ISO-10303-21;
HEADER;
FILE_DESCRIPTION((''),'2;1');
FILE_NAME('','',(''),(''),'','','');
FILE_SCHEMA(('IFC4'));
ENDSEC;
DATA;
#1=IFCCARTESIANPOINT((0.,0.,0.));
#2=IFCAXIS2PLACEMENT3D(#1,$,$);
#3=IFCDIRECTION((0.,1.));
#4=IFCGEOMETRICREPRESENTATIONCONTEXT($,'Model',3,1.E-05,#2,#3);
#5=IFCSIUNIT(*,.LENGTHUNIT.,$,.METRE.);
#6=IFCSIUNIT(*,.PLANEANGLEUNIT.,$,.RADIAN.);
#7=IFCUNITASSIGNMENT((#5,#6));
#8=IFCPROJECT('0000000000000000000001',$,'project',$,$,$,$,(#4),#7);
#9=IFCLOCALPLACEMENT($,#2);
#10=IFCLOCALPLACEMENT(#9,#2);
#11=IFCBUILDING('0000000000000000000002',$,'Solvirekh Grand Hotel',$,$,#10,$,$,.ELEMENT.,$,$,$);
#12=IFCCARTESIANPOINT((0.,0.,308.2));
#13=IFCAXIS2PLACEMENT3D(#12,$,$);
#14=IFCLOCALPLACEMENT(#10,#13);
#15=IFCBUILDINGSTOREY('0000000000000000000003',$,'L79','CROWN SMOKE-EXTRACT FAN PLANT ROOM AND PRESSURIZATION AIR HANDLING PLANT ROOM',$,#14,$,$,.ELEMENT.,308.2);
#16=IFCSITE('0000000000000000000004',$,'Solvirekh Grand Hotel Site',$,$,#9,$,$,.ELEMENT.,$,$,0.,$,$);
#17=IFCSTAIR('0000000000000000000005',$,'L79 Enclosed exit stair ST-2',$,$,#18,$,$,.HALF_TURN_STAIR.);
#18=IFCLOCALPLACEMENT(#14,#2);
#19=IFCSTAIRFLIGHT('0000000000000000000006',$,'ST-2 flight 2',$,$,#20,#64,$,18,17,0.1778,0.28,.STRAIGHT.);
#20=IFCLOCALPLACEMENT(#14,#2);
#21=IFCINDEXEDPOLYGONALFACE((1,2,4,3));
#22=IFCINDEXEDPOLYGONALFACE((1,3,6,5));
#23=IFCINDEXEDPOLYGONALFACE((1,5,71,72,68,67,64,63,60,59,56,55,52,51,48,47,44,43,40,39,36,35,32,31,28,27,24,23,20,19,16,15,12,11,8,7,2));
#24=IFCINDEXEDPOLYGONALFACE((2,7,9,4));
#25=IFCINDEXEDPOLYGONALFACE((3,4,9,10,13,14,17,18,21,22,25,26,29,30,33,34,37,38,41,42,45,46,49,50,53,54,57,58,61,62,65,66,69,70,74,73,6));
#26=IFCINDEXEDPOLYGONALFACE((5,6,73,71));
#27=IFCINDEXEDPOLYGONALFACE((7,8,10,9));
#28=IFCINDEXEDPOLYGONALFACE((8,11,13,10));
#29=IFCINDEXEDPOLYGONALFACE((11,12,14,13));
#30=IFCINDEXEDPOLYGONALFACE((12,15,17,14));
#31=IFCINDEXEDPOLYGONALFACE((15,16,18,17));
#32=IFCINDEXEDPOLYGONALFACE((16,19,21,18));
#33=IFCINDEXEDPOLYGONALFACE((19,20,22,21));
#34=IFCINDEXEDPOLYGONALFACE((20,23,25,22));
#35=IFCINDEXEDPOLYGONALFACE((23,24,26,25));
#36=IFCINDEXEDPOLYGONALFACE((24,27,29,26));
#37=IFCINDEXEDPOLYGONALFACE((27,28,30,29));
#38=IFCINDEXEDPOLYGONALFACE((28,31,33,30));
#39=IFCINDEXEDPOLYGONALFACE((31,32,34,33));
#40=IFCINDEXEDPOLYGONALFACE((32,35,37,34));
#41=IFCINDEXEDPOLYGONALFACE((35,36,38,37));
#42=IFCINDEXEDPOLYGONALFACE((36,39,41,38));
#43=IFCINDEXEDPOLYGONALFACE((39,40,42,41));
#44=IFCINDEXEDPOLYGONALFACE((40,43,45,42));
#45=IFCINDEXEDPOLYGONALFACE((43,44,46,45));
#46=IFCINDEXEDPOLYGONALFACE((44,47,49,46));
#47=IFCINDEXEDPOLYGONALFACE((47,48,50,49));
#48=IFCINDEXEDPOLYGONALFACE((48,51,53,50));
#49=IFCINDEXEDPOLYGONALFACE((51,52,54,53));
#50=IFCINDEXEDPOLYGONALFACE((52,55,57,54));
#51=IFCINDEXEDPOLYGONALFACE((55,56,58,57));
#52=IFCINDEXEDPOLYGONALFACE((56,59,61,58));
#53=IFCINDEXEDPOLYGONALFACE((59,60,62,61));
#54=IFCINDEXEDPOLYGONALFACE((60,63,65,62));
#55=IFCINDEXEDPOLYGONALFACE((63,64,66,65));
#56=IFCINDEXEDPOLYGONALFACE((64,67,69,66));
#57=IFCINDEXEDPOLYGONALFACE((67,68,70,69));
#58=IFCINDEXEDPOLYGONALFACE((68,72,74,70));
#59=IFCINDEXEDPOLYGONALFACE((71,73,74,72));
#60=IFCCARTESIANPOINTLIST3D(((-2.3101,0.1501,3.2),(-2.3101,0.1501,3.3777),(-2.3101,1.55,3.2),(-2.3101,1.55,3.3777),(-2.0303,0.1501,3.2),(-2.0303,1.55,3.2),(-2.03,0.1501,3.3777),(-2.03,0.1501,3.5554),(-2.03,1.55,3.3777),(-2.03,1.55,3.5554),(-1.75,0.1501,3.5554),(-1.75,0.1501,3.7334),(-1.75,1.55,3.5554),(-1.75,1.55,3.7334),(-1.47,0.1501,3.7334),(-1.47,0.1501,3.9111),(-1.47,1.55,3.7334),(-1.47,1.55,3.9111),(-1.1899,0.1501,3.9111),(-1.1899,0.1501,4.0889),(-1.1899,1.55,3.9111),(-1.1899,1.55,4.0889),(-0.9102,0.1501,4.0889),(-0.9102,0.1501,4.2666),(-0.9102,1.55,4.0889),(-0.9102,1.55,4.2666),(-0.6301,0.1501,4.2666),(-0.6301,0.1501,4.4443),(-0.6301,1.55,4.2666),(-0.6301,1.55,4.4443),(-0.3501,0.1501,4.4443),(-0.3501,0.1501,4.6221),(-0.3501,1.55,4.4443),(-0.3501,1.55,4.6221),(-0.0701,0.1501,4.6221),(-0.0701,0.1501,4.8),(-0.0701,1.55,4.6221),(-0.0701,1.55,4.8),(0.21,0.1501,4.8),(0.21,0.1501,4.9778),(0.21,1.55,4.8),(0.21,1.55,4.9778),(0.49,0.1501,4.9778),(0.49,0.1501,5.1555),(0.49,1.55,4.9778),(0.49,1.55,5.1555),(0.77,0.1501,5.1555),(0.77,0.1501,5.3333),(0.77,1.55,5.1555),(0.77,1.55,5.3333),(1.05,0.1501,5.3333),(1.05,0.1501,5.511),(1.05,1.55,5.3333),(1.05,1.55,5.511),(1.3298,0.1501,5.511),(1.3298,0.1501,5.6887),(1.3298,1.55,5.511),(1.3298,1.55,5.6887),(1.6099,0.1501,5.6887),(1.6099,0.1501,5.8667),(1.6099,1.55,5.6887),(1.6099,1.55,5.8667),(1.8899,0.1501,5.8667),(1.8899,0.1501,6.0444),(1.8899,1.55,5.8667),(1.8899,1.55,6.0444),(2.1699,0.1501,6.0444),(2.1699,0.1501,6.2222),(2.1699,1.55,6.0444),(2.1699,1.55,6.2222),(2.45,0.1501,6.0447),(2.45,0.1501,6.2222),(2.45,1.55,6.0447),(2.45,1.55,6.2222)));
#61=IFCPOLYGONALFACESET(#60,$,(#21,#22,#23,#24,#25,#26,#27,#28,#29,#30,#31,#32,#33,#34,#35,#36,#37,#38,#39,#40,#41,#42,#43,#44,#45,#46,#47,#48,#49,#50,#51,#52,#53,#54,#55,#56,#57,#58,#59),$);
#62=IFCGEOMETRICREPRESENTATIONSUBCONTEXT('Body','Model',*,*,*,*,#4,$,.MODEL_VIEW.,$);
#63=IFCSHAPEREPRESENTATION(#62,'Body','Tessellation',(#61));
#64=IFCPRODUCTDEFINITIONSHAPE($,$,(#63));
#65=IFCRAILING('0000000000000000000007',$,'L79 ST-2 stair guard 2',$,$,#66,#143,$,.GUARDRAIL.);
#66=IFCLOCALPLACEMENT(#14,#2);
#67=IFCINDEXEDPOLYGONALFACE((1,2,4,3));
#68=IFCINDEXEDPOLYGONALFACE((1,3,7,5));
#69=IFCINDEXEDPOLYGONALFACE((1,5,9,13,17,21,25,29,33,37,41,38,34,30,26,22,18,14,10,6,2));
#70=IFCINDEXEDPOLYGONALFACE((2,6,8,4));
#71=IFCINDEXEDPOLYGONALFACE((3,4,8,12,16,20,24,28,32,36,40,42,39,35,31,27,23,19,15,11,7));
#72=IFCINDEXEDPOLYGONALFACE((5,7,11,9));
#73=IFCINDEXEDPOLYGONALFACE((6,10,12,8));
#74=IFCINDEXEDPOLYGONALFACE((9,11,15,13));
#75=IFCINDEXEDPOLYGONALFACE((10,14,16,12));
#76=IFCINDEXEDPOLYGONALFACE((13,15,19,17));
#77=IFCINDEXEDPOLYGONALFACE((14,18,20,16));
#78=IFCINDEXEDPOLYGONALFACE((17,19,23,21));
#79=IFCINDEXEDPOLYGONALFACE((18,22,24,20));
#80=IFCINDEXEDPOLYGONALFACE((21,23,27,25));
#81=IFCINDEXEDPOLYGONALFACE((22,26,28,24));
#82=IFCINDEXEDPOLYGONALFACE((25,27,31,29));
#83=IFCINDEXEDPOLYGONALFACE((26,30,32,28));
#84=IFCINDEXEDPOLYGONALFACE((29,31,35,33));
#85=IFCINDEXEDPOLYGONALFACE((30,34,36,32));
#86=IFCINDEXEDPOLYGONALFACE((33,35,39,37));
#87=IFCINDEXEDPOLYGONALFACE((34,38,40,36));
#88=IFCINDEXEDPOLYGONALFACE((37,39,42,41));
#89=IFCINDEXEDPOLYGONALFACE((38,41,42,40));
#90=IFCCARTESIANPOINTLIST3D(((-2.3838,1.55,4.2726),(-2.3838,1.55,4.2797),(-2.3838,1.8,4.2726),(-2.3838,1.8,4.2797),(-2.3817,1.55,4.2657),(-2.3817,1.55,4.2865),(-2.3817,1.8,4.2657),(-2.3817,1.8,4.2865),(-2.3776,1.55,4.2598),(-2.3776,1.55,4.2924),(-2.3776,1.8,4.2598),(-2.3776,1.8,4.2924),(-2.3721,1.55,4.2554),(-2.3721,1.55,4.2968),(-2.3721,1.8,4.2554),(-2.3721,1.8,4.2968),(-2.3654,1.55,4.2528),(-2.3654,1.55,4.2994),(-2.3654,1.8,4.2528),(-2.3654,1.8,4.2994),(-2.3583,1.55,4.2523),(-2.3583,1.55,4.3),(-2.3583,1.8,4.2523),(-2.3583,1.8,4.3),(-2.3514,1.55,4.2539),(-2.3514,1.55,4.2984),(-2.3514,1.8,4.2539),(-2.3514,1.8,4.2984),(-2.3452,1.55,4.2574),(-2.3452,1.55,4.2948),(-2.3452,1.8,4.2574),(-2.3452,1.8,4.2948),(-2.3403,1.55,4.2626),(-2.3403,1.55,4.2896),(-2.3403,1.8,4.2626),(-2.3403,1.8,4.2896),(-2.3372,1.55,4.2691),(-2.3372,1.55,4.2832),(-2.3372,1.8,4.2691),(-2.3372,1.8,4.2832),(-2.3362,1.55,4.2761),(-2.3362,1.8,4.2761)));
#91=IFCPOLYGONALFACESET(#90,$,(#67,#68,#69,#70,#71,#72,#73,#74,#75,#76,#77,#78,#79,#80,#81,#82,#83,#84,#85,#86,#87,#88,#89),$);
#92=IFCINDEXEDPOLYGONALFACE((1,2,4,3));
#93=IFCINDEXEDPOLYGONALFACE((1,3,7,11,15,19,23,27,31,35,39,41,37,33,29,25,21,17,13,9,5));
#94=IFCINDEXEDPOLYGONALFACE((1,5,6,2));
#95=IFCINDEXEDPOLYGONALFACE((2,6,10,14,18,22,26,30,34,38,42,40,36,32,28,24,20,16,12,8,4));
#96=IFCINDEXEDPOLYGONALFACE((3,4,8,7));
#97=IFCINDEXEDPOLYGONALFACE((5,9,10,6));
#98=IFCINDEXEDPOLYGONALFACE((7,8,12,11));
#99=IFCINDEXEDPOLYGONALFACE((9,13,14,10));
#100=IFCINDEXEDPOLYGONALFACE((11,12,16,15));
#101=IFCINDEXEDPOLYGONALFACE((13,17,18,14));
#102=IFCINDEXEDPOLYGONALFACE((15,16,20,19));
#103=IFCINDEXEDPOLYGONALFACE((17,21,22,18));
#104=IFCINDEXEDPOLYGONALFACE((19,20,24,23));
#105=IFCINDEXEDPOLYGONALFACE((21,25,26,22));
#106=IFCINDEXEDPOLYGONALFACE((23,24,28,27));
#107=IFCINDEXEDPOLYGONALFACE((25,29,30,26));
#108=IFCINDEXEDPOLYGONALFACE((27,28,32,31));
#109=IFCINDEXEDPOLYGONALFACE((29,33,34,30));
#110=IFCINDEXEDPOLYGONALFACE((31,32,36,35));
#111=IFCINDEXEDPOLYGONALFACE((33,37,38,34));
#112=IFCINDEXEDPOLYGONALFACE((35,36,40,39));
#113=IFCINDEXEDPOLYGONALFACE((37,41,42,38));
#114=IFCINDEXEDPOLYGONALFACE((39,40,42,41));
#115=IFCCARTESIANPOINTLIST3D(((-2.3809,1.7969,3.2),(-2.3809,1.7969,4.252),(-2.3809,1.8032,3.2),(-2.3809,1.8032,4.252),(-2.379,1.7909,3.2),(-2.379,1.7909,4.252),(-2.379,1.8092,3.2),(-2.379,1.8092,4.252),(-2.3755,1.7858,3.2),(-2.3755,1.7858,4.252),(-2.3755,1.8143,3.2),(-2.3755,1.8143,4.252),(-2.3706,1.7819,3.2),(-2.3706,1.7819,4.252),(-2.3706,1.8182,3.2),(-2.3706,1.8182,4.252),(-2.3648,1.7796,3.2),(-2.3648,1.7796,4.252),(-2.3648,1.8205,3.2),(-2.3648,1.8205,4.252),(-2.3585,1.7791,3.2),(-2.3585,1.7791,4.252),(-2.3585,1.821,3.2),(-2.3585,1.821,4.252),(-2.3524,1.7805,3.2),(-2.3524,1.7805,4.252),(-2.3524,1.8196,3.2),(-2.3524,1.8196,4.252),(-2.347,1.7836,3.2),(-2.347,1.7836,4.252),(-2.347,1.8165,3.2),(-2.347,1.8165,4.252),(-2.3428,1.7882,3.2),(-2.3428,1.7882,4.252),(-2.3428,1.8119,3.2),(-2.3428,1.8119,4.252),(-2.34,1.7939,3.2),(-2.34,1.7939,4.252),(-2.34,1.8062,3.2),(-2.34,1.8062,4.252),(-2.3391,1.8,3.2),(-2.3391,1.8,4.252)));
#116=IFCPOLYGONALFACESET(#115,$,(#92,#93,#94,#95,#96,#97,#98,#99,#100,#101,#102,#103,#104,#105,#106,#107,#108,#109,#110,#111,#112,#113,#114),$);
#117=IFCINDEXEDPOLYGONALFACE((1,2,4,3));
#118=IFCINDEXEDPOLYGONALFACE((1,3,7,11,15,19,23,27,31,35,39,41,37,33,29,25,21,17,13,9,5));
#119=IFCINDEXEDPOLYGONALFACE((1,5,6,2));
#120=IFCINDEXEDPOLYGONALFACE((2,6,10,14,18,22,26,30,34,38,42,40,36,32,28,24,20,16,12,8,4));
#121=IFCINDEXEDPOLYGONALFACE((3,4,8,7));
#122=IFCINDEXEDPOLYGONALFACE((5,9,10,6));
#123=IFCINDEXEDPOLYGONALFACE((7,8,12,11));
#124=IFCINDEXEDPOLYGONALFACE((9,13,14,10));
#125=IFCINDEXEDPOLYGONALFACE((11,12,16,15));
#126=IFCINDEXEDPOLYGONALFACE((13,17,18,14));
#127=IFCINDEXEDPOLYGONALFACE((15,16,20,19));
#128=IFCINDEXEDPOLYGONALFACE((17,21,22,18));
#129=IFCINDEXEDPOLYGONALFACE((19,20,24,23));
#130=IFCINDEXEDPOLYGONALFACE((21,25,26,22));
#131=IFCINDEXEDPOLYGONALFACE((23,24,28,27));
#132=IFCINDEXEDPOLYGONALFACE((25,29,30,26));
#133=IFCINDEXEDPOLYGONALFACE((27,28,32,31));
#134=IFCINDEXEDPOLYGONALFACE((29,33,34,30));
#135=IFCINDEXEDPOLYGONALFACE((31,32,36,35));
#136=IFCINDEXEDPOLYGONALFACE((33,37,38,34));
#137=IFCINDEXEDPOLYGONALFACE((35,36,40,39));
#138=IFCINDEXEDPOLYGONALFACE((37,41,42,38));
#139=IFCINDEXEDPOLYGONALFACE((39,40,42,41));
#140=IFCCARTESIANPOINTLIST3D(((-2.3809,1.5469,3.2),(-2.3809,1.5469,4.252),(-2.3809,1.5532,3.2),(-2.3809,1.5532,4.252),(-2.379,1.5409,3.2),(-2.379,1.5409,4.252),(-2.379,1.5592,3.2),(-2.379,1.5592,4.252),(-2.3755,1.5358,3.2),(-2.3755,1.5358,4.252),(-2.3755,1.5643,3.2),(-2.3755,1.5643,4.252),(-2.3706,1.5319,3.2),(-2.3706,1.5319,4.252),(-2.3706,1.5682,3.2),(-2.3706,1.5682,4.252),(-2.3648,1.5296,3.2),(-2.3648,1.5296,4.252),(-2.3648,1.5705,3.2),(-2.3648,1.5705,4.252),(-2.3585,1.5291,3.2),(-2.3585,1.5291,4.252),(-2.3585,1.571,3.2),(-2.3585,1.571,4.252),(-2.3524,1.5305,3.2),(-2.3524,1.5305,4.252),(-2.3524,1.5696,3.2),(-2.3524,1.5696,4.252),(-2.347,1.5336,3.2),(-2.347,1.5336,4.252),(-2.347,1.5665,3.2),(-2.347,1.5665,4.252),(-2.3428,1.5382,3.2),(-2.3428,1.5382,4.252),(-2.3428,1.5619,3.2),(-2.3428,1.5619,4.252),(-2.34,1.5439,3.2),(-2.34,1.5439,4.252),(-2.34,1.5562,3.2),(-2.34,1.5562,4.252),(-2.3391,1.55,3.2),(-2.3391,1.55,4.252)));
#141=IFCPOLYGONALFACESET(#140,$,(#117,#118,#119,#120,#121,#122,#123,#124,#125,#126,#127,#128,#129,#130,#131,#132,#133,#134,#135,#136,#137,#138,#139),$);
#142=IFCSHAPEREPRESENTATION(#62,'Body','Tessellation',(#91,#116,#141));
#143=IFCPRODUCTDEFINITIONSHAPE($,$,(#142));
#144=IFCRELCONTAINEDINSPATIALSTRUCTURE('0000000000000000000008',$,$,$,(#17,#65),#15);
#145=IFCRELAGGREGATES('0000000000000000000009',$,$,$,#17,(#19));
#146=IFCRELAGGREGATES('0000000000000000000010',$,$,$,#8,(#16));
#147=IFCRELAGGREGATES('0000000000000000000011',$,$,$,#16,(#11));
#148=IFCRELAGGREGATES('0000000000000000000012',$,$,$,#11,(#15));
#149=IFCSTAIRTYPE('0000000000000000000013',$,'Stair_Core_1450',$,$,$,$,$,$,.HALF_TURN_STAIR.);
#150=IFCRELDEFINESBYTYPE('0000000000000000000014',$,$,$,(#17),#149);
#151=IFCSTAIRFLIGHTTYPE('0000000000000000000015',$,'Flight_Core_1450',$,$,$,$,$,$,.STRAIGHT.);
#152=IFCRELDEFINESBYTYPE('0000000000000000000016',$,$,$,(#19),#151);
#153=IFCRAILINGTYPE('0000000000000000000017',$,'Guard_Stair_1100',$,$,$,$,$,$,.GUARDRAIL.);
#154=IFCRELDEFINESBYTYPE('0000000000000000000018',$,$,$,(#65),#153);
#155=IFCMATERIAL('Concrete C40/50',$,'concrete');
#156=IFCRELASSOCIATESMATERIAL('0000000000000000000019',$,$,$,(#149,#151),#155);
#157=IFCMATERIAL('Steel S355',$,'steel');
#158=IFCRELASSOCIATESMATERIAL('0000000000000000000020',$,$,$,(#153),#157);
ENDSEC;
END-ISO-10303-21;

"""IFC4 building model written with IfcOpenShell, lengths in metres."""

from ifc_helpers import new_model, si_unit, direction, frame, origin, origin_2d, place, context, subcontext, project, spatial, polyline, circle, outline, extrude, material, type_object, element, aggregate, save


model = new_model("IFC4")

# Units and contexts
model_context = context("Model", 3, precision=1e-05, world=origin(), true_north=direction((0.0, 1.0)))
body_context = subcontext(model_context, "Body", "Model", "MODEL_VIEW")
ifc_project = project(units=[si_unit("LENGTHUNIT", "METRE"), si_unit("PLANEANGLEUNIT", "RADIAN")], contexts=[model_context])

# Site, building, storey
site_placement = place(None, origin())
site = spatial("IfcSite", under=ifc_project, at=site_placement, Name="Solvirekh Grand Hotel Site", CompositionType="ELEMENT", RefElevation=0.0)
building_placement = place(site_placement, origin())
building = spatial("IfcBuilding", under=site, at=building_placement, Name="Solvirekh Grand Hotel", CompositionType="ELEMENT")
storey_placement = place(building_placement, frame((0.0, 0.0, 308.2)))
storey = spatial("IfcBuildingStorey", under=building, at=storey_placement, Name="L79", Description="CROWN SMOKE-EXTRACT FAN PLANT ROOM AND PRESSURIZATION AIR HANDLING PLANT ROOM", CompositionType="ELEMENT", Elevation=308.2)

# Shared definitions
ifc_material_1 = material(Name="Steel S355", Category="steel")

# Shared definitions
ifc_material_2 = material(Name="Concrete C40/50", Category="concrete")

# Stair, stair flight
stair_type = type_object("IfcStairType", Name="Stair_Core_1450", PredefinedType="HALF_TURN_STAIR", material=ifc_material_2)
stair_placement = place(storey_placement, origin())
stair = element("IfcStair", 1, at=stair_placement, inside=storey, type_object=stair_type, Name="L79 Enclosed exit stair ST-2", PredefinedType="HALF_TURN_STAIR")
stair_flight_type = type_object("IfcStairFlightType", Name="Flight_Core_1450", PredefinedType="STRAIGHT", material=ifc_material_2)
stair_flight_placement = place(storey_placement, frame((-2.3101, 0.8501, 3.2), z_axis=(0.0, 0.0, 1.0), x_axis=(1.0, 0.0, 0.0)))
stair_flight = element("IfcStairFlight", 2, at=stair_flight_placement, type_object=stair_flight_type, Name="ST-2 flight 2", NumberOfRisers=18, NumberOfTreads=17, PredefinedType="STRAIGHT", RiserHeight=0.1778, TreadLength=0.28, context=body_context, shape_type="SweptSolid", body=[
    extrude(outline(polyline([(0.0, 0.0), (0.0, 0.1777), (0.28, 0.1777), (0.28, 0.3555), (0.5601, 0.3555), (0.5601, 0.5334), (0.8401, 0.5334), (0.8401, 0.7112), (1.1201, 0.7112), (1.1201, 0.8889), (1.3999, 0.8889), (1.3999, 1.0667), (1.6799, 1.0667), (1.6799, 1.2444), (1.96, 1.2444), (1.96, 1.4221), (2.24, 1.4221), (2.24, 1.6001), (2.52, 1.6001), (2.52, 1.7778), (2.8, 1.7778), (2.8, 1.9556), (3.0801, 1.9556), (3.0801, 2.1333), (3.3601, 2.1333), (3.3601, 2.311), (3.6399, 2.311), (3.6399, 2.4888), (3.9199, 2.4888), (3.9199, 2.6667), (4.2, 2.6667), (4.2, 2.8445), (4.48, 2.8445), (4.48, 3.0222), (4.76, 3.0222), (4.76, 3.2), (4.76, 2.8447), (0.2798, 0.0), (0.0, 0.0)])), frame((0.0, 0.7, 0.0), z_axis=(0.0, -1.0, 0.0), x_axis=(1.0, 0.0, 0.0)), (0.0, 0.0, 1.0), 1.3999),
])
aggregate(stair, [stair_flight])

# Railing
railing_type_1 = type_object("IfcRailingType", Name="Guard_Stair_1100", PredefinedType="GUARDRAIL", material=ifc_material_1)
railing_1_placement = place(storey_placement, frame((-2.3601, 1.8, 3.2)))
element("IfcRailing", 3, at=railing_1_placement, inside=storey, type_object=railing_type_1, Name="L79 ST-2 stair guard 2", PredefinedType="GUARDRAIL", context=body_context, shape_type="SweptSolid", body=[
    extrude(circle(Radius=0.0239, at=origin_2d()), frame((0.0, 0.0, 1.0762), z_axis=(0.0, -1.0, 0.0), x_axis=(1.0, 0.0, 0.0)), (0.0, 0.0, 1.0), 0.25),
    extrude(circle(Radius=0.021, at=origin_2d()), origin(), (0.0, 0.0, 1.0), 1.052),
    extrude(circle(Radius=0.021, at=origin_2d()), frame((0.0, -0.25, 0.0)), (0.0, 0.0, 1.0), 1.052),
])

save(model, "model.ifc")
